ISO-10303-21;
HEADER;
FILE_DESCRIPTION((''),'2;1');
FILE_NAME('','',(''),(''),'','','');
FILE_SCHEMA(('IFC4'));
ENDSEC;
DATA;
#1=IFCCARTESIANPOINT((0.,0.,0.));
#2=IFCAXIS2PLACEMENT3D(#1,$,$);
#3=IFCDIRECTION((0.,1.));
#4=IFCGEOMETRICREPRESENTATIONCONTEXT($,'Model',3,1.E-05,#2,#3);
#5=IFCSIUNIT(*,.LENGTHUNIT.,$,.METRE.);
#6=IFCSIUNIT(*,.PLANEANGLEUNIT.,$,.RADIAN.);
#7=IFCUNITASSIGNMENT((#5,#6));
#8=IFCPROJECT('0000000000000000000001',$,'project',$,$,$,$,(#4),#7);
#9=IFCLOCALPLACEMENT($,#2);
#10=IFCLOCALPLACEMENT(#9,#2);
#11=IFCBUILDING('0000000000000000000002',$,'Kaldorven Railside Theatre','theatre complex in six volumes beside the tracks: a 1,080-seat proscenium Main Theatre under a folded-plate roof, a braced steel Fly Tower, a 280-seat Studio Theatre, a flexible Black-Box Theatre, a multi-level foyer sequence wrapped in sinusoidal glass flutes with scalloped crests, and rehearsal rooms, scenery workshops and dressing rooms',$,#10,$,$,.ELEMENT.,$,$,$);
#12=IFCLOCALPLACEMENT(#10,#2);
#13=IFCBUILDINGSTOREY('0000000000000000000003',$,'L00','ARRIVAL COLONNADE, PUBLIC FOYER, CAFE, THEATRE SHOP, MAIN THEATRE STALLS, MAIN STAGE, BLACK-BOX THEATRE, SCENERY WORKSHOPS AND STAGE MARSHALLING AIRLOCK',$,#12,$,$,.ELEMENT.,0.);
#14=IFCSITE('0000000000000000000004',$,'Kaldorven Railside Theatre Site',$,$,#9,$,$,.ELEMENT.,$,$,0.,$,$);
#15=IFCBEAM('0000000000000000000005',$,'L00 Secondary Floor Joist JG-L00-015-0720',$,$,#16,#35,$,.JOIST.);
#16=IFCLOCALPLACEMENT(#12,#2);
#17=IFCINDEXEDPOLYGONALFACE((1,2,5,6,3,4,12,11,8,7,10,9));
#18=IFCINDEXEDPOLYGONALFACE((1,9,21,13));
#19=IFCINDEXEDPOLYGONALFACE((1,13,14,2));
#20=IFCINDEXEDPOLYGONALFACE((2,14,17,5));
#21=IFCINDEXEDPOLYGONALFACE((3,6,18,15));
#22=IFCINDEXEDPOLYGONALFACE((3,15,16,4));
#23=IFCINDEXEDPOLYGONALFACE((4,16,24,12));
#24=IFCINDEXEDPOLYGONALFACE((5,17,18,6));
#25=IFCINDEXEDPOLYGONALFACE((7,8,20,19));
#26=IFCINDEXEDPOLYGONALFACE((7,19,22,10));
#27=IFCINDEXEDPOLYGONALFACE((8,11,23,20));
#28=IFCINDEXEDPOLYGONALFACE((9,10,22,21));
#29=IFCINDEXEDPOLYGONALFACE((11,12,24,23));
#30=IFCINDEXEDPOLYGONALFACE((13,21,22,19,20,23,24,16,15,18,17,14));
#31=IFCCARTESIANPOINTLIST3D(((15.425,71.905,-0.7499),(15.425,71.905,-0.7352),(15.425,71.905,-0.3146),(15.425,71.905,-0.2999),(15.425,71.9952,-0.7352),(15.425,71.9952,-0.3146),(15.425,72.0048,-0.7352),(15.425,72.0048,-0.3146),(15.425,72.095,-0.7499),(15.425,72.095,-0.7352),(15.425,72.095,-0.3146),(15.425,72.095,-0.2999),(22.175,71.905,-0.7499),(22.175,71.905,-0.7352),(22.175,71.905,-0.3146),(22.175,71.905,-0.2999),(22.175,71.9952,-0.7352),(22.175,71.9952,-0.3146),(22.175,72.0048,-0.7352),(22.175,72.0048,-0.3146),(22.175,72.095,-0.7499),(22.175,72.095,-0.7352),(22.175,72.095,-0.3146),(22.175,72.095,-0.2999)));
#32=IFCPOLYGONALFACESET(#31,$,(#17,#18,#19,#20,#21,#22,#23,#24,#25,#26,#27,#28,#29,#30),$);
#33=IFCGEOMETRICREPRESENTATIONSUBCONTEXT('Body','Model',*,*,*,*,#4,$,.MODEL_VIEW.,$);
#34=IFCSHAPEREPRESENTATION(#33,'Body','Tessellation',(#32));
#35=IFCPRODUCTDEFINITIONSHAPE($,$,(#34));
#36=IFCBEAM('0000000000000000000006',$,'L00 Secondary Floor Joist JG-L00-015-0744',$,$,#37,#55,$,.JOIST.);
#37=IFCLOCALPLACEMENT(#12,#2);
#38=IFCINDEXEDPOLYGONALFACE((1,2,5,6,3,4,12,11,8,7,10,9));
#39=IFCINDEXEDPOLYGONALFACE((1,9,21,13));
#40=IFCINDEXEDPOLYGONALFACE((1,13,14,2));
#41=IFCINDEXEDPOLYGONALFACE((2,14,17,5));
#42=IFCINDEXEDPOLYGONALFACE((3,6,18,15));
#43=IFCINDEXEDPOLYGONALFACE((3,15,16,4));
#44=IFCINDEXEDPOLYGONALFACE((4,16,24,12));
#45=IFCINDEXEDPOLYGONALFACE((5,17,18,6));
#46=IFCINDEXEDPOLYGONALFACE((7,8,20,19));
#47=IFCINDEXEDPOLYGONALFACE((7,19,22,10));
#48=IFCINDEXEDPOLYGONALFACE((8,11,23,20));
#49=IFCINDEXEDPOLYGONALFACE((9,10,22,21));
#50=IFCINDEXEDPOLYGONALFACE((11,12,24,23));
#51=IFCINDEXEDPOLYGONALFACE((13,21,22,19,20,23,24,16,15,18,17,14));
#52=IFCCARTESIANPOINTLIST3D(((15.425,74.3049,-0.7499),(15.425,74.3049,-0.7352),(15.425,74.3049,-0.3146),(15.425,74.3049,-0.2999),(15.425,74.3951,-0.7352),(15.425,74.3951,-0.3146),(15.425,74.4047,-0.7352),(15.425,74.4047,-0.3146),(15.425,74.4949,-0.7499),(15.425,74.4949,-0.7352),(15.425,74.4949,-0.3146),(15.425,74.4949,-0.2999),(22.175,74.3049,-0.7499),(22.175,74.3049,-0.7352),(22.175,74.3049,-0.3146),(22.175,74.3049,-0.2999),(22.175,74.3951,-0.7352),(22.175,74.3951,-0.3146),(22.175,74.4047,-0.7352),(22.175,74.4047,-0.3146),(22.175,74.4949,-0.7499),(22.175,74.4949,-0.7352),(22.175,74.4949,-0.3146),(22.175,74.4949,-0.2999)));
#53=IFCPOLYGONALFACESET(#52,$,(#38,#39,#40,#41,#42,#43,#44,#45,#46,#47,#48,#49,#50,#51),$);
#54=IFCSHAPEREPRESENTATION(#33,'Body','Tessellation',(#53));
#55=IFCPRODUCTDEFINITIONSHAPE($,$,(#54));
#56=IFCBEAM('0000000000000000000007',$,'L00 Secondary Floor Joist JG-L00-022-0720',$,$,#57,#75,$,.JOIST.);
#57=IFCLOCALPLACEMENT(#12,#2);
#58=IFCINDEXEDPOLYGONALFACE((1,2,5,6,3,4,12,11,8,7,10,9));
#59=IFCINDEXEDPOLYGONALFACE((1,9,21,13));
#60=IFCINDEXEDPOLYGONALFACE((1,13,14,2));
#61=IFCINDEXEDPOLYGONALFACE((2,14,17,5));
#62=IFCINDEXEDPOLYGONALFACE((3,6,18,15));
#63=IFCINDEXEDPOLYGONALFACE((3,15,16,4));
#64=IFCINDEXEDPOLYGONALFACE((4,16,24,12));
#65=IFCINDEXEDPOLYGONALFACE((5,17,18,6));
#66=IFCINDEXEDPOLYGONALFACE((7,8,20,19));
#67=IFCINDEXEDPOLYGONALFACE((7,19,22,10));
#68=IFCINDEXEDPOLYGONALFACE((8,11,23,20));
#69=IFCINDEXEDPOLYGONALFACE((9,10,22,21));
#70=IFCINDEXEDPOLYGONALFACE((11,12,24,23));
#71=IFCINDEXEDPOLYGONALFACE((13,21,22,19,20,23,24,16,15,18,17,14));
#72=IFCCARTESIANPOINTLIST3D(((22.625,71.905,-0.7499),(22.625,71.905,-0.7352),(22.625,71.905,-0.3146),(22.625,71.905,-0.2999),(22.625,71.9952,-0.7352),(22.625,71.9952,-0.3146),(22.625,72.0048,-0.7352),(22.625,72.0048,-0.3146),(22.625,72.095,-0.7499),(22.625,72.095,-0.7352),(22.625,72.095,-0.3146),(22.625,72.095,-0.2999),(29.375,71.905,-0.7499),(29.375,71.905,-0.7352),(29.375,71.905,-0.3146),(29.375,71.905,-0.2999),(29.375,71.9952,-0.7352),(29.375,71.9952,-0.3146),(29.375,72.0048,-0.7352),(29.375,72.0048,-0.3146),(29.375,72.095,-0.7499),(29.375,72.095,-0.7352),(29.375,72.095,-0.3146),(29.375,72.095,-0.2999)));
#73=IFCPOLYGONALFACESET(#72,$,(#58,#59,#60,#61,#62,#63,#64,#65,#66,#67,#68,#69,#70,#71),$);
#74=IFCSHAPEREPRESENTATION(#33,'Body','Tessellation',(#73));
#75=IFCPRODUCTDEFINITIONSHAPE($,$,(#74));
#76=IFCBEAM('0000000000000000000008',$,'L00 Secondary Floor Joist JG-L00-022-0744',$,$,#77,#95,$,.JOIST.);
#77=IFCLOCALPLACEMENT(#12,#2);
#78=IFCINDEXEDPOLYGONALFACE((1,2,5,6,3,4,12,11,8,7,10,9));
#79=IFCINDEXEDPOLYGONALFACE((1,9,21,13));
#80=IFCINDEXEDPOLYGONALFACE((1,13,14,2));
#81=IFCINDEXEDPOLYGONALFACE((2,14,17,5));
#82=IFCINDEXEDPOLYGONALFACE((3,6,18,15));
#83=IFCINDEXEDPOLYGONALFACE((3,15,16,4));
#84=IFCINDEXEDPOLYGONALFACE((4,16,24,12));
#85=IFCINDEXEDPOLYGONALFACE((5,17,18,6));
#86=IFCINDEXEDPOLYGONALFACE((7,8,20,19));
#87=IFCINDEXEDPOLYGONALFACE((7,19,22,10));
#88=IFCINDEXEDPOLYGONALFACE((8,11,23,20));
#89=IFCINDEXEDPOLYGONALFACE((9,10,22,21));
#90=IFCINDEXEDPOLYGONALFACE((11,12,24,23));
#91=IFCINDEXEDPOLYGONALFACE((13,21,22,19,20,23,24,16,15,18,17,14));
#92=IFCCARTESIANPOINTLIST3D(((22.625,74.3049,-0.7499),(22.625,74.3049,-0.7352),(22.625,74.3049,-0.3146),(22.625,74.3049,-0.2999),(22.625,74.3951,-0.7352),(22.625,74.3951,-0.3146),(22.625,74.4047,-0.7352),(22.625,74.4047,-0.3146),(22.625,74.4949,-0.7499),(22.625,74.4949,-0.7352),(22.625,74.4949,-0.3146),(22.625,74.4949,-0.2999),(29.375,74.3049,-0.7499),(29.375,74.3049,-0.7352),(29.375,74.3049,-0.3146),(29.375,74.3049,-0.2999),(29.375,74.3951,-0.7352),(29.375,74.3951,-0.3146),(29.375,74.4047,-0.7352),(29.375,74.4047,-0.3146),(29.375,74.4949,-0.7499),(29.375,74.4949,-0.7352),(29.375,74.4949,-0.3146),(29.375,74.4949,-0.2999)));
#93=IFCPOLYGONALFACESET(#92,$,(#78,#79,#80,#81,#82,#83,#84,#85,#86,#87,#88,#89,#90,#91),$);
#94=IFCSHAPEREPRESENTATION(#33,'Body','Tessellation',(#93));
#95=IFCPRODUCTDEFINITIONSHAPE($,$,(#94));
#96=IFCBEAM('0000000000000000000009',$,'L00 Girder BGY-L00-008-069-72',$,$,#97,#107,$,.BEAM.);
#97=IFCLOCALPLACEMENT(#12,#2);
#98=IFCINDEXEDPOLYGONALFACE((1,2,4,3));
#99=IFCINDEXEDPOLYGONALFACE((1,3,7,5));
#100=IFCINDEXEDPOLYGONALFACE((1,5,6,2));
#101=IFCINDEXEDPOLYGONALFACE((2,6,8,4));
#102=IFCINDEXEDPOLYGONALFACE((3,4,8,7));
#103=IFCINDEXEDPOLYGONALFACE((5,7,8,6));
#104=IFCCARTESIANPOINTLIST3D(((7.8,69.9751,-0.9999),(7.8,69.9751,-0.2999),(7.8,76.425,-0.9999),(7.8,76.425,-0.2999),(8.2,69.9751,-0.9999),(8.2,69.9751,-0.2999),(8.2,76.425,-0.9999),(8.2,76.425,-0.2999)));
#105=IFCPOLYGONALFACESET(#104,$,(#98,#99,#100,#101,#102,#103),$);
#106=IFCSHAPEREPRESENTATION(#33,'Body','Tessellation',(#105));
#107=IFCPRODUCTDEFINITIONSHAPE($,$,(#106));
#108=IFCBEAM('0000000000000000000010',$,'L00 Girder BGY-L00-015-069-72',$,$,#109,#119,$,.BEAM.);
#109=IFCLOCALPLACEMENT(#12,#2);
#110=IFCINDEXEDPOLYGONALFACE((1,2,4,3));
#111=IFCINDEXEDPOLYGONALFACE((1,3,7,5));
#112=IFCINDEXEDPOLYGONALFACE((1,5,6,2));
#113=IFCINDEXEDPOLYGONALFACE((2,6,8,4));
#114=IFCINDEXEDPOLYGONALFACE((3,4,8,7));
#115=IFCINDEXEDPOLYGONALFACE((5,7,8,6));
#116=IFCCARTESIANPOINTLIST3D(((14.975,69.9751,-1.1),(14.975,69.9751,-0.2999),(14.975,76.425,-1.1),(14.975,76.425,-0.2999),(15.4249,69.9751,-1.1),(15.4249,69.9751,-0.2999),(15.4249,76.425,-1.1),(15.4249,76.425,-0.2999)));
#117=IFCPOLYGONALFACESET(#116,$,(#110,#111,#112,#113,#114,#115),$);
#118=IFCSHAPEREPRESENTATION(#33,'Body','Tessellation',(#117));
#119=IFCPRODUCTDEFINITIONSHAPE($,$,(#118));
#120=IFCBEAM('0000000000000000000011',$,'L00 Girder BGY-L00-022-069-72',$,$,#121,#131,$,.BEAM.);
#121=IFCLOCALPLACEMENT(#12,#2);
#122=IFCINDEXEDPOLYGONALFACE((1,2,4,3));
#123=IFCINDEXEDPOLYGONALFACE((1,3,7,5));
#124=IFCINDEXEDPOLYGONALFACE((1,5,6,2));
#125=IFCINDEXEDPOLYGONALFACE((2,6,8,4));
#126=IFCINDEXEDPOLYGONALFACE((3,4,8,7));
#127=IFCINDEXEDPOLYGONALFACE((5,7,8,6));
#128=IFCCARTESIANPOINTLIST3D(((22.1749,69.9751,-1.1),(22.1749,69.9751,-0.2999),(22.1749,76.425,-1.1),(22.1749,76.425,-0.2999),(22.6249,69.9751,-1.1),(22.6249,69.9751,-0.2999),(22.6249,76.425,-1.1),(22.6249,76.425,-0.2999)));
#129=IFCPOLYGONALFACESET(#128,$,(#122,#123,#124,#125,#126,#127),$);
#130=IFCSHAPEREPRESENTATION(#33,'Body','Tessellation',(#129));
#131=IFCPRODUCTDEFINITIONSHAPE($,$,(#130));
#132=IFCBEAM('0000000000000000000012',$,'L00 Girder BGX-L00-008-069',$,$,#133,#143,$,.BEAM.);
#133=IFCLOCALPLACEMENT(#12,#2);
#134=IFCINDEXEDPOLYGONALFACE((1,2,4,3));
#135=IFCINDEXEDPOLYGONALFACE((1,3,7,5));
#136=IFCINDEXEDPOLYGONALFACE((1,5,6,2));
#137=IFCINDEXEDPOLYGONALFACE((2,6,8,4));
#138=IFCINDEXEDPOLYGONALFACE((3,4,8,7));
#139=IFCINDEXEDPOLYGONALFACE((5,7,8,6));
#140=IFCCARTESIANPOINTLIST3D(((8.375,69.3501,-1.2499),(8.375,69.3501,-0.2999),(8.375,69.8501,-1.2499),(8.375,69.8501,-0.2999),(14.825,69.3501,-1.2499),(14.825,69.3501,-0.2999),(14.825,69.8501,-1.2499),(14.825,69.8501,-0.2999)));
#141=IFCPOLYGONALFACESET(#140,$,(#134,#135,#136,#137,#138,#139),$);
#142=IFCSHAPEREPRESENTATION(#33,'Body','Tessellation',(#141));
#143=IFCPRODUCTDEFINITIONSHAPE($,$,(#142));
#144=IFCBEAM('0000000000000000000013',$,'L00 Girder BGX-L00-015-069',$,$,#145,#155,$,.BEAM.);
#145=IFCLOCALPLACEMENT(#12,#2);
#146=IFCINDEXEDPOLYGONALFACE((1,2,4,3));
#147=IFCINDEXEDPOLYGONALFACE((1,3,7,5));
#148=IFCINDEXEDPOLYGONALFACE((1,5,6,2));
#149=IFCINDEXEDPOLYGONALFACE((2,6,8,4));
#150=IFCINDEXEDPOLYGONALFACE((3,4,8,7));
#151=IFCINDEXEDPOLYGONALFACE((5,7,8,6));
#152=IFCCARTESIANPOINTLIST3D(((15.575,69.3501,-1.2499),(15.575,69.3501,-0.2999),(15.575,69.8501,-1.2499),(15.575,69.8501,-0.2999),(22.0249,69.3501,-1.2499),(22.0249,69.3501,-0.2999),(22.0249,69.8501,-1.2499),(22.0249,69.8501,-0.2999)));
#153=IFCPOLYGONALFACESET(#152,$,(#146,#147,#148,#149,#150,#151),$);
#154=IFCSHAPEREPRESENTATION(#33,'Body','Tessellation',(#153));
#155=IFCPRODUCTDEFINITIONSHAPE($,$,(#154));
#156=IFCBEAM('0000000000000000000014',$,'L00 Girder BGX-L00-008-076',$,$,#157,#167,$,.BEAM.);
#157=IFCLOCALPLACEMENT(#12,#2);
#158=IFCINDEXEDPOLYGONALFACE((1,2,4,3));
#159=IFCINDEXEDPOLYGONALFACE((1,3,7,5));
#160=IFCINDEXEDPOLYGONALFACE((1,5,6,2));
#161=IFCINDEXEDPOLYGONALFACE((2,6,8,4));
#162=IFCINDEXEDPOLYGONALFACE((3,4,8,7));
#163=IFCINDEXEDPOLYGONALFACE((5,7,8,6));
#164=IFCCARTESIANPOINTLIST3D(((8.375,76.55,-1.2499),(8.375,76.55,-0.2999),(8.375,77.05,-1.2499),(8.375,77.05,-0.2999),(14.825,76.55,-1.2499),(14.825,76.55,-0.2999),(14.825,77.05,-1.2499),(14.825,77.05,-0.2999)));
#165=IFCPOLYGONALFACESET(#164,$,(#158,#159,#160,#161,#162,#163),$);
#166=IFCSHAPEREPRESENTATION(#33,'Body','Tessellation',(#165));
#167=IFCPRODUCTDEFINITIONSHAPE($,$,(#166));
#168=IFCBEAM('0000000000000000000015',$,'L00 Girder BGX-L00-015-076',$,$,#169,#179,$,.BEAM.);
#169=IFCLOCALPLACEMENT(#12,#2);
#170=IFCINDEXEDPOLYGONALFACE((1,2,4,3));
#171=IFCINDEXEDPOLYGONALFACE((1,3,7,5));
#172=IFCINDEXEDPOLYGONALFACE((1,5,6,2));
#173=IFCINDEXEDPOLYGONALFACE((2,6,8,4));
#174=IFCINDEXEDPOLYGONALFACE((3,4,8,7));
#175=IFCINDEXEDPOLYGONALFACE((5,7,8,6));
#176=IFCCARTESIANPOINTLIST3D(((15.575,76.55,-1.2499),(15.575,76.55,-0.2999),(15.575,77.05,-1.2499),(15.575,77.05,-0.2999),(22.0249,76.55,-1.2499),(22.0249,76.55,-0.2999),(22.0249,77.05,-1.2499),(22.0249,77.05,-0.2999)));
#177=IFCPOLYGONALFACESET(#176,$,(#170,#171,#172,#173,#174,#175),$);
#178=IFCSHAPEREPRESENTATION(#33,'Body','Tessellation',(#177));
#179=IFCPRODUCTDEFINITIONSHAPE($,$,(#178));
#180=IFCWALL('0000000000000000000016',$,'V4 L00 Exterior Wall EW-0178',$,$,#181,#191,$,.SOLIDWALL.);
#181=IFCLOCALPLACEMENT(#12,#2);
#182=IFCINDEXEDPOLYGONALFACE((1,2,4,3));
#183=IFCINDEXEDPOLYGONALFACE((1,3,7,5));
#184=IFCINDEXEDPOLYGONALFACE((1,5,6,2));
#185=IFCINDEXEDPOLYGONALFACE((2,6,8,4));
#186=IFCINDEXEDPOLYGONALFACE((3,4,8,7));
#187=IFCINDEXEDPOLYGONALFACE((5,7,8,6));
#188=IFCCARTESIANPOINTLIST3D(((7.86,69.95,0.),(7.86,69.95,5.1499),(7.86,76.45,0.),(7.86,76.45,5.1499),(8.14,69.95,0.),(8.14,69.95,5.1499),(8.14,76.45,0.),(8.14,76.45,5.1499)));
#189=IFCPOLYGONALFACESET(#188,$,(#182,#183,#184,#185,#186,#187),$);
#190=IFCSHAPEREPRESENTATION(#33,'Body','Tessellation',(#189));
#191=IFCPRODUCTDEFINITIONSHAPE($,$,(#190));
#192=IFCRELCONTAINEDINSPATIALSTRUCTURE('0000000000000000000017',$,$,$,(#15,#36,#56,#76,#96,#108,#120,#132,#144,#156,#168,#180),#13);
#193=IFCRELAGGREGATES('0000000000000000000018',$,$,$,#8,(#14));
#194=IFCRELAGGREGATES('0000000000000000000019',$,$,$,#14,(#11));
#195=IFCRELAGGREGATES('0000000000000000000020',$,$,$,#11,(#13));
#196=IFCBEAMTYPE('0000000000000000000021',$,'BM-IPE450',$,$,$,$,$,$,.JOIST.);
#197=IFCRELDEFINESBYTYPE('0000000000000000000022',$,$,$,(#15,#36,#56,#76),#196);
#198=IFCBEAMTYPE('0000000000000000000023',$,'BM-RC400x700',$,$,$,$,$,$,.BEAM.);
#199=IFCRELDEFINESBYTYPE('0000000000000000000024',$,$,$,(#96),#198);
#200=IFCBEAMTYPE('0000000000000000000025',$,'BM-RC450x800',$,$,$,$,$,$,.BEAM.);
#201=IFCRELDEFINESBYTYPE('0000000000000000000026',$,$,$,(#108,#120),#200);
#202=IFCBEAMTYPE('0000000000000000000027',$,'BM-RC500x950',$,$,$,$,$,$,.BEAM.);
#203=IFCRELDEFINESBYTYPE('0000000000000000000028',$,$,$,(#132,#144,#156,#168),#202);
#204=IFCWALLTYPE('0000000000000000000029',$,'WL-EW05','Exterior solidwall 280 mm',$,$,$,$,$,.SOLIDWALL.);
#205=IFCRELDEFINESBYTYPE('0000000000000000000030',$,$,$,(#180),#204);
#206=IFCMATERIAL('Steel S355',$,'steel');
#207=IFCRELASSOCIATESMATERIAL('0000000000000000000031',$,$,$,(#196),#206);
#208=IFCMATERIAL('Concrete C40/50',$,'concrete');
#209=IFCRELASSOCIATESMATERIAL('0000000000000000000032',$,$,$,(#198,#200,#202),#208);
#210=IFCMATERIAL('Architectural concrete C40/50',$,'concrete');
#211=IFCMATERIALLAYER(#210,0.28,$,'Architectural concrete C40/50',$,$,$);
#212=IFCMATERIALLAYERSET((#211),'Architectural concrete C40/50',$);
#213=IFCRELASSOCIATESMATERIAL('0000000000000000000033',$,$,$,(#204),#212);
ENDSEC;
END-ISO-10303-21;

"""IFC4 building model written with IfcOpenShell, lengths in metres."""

from ifc_helpers import new_model, si_unit, direction, frame, frame_2d, origin, origin_2d, place, context, subcontext, project, spatial, rectangle, i_section, extrude, material, layer, layer_set, material_profile, profile_set, type_object, element, save


model = new_model("IFC4")

# Units and contexts
model_context = context("Model", 3, precision=1e-05, world=origin(), true_north=direction((0.0, 1.0)))
body_context = subcontext(model_context, "Body", "Model", "MODEL_VIEW")
ifc_project = project(units=[si_unit("LENGTHUNIT", "METRE"), si_unit("PLANEANGLEUNIT", "RADIAN")], contexts=[model_context])

# Site, building, storey
site_placement = place(None, origin())
site = spatial("IfcSite", under=ifc_project, at=site_placement, Name="Kaldorven Railside Theatre Site", CompositionType="ELEMENT", RefElevation=0.0)
building_placement = place(site_placement, origin())
building = spatial("IfcBuilding", under=site, at=building_placement, Name="Kaldorven Railside Theatre", Description="theatre complex in six volumes beside the tracks: a 1,080-seat proscenium Main Theatre under a folded-plate roof, a braced steel Fly Tower, a 280-seat Studio Theatre, a flexible Black-Box Theatre, a multi-level foyer sequence wrapped in sinusoidal glass flutes with scalloped crests, and rehearsal rooms, scenery workshops and dressing rooms", CompositionType="ELEMENT")
storey_placement = place(building_placement, origin())
storey = spatial("IfcBuildingStorey", under=building, at=storey_placement, Name="L00", Description="ARRIVAL COLONNADE, PUBLIC FOYER, CAFE, THEATRE SHOP, MAIN THEATRE STALLS, MAIN STAGE, BLACK-BOX THEATRE, SCENERY WORKSHOPS AND STAGE MARSHALLING AIRLOCK", CompositionType="ELEMENT", Elevation=0.0)

# Shared definitions
ifc_material_1 = material(Name="Concrete C40/50", Category="concrete")

# Beams
ifc_material_2 = material(Name="Steel S355", Category="steel")
ifc_material_profile_1 = material_profile(ifc_material_2, i_section(OverallWidth=0.1899, OverallDepth=0.45, WebThickness=0.0095, FlangeThickness=0.0146, at=origin_2d()), Name="IPE 450")
ifc_profile_set_1 = profile_set([ifc_material_profile_1], Name="Steel S355")
beam_type_1 = type_object("IfcBeamType", Name="BM-IPE450", PredefinedType="JOIST", material=ifc_profile_set_1)
for number, where, z_axis, x_axis, name in (
    (1, (15.425, 72.0, -0.5249), (1.0, 0.0, 0.0), (0.0, 1.0, 0.0), "L00 Secondary Floor Joist JG-L00-015-0720"),
    (2, (15.425, 74.3999, -0.5249), (1.0, 0.0, 0.0), (0.0, 1.0, 0.0), "L00 Secondary Floor Joist JG-L00-015-0744"),
    (3, (22.625, 72.0, -0.5249), (1.0, 0.0, 0.0), (0.0, 1.0, 0.0), "L00 Secondary Floor Joist JG-L00-022-0720"),
    (4, (22.625, 74.3999, -0.5249), (1.0, 0.0, 0.0), (0.0, 1.0, 0.0), "L00 Secondary Floor Joist JG-L00-022-0744"),
):
    element("IfcBeam", number, at=place(storey_placement, frame(where, z_axis=z_axis, x_axis=x_axis)), inside=storey, type_object=beam_type_1, Name=name, PredefinedType="JOIST", context=body_context, shape_type="SweptSolid", body=[
        extrude(i_section(OverallWidth=0.1899, OverallDepth=0.45, WebThickness=0.0095, FlangeThickness=0.0146, at=origin_2d()), origin(), (0.0, 0.0, 1.0), 6.75),
    ])
ifc_material_profile_2 = material_profile(ifc_material_1, rectangle(XDim=0.3999, YDim=0.7, at=origin_2d()), Name="RC 400x700")
ifc_profile_set_2 = profile_set([ifc_material_profile_2], Name="Concrete C40/50")
beam_type_2 = type_object("IfcBeamType", Name="BM-RC400x700", PredefinedType="BEAM", material=ifc_profile_set_2)
beam_1_placement = place(storey_placement, frame((8.0, 69.9751, -0.6499), z_axis=(0.0, 1.0, 0.0), x_axis=(-1.0, 0.0, 0.0)))
element("IfcBeam", 5, at=beam_1_placement, inside=storey, type_object=beam_type_2, Name="L00 Girder BGY-L00-008-069-72", PredefinedType="BEAM", context=body_context, shape_type="SweptSolid", body=[
    extrude(rectangle(XDim=0.3999, YDim=0.7, at=origin_2d()), origin(), (0.0, 0.0, 1.0), 6.45),
])
ifc_material_profile_3 = material_profile(ifc_material_1, rectangle(XDim=0.45, YDim=0.8, at=origin_2d()), Name="RC 450x800")
ifc_profile_set_3 = profile_set([ifc_material_profile_3], Name="Concrete C40/50")
beam_type_3 = type_object("IfcBeamType", Name="BM-RC450x800", PredefinedType="BEAM", material=ifc_profile_set_3)
for number, where, z_axis, x_axis, name in (
    (6, (15.2, 69.9751, -0.7), (0.0, 1.0, 0.0), (-1.0, 0.0, 0.0), "L00 Girder BGY-L00-015-069-72"),
    (7, (22.3999, 69.9751, -0.7), (0.0, 1.0, 0.0), (-1.0, 0.0, 0.0), "L00 Girder BGY-L00-022-069-72"),
):
    element("IfcBeam", number, at=place(storey_placement, frame(where, z_axis=z_axis, x_axis=x_axis)), inside=storey, type_object=beam_type_3, Name=name, PredefinedType="BEAM", context=body_context, shape_type="SweptSolid", body=[
        extrude(rectangle(XDim=0.45, YDim=0.8, at=origin_2d()), origin(), (0.0, 0.0, 1.0), 6.45),
    ])
ifc_material_profile_4 = material_profile(ifc_material_1, rectangle(XDim=0.5, YDim=0.95, at=origin_2d()), Name="RC 500x950")
ifc_profile_set_4 = profile_set([ifc_material_profile_4], Name="Concrete C40/50")
beam_type_4 = type_object("IfcBeamType", Name="BM-RC500x950", PredefinedType="BEAM", material=ifc_profile_set_4)
for number, where, z_axis, x_axis, name in (
    (8, (8.375, 69.6001, -0.7749), (1.0, 0.0, 0.0), (0.0, 1.0, 0.0), "L00 Girder BGX-L00-008-069"),
    (9, (15.575, 69.6001, -0.7749), (1.0, 0.0, 0.0), (0.0, 1.0, 0.0), "L00 Girder BGX-L00-015-069"),
    (10, (8.375, 76.8, -0.7749), (1.0, 0.0, 0.0), (0.0, 1.0, 0.0), "L00 Girder BGX-L00-008-076"),
    (11, (15.575, 76.8, -0.7749), (1.0, 0.0, 0.0), (0.0, 1.0, 0.0), "L00 Girder BGX-L00-015-076"),
):
    element("IfcBeam", number, at=place(storey_placement, frame(where, z_axis=z_axis, x_axis=x_axis)), inside=storey, type_object=beam_type_4, Name=name, PredefinedType="BEAM", context=body_context, shape_type="SweptSolid", body=[
        extrude(rectangle(XDim=0.5, YDim=0.95, at=origin_2d()), origin(), (0.0, 0.0, 1.0), 6.45),
    ])

# Wall
ifc_material_3 = material(Name="Architectural concrete C40/50", Category="concrete")
ifc_layer = layer(ifc_material_3, 0.28, Name="Architectural concrete C40/50")
ifc_layer_set = layer_set([ifc_layer], Name="Architectural concrete C40/50")
wall_type = type_object("IfcWallType", Name="WL-EW05", Description="Exterior solidwall 280 mm", PredefinedType="SOLIDWALL", material=ifc_layer_set)
wall_1_placement = place(storey_placement, frame((8.0, 69.95, 0.0), z_axis=(0.0, 0.0, 1.0), x_axis=(0.0, 1.0, 0.0)))
element("IfcWall", 12, at=wall_1_placement, inside=storey, type_object=wall_type, Name="V4 L00 Exterior Wall EW-0178", PredefinedType="SOLIDWALL", context=body_context, shape_type="SweptSolid", body=[
    extrude(rectangle(XDim=6.5, YDim=0.28, at=frame_2d((3.25, 0.0))), origin(), (0.0, 0.0, 1.0), 5.1499),
])

save(model, "model.ifc")
